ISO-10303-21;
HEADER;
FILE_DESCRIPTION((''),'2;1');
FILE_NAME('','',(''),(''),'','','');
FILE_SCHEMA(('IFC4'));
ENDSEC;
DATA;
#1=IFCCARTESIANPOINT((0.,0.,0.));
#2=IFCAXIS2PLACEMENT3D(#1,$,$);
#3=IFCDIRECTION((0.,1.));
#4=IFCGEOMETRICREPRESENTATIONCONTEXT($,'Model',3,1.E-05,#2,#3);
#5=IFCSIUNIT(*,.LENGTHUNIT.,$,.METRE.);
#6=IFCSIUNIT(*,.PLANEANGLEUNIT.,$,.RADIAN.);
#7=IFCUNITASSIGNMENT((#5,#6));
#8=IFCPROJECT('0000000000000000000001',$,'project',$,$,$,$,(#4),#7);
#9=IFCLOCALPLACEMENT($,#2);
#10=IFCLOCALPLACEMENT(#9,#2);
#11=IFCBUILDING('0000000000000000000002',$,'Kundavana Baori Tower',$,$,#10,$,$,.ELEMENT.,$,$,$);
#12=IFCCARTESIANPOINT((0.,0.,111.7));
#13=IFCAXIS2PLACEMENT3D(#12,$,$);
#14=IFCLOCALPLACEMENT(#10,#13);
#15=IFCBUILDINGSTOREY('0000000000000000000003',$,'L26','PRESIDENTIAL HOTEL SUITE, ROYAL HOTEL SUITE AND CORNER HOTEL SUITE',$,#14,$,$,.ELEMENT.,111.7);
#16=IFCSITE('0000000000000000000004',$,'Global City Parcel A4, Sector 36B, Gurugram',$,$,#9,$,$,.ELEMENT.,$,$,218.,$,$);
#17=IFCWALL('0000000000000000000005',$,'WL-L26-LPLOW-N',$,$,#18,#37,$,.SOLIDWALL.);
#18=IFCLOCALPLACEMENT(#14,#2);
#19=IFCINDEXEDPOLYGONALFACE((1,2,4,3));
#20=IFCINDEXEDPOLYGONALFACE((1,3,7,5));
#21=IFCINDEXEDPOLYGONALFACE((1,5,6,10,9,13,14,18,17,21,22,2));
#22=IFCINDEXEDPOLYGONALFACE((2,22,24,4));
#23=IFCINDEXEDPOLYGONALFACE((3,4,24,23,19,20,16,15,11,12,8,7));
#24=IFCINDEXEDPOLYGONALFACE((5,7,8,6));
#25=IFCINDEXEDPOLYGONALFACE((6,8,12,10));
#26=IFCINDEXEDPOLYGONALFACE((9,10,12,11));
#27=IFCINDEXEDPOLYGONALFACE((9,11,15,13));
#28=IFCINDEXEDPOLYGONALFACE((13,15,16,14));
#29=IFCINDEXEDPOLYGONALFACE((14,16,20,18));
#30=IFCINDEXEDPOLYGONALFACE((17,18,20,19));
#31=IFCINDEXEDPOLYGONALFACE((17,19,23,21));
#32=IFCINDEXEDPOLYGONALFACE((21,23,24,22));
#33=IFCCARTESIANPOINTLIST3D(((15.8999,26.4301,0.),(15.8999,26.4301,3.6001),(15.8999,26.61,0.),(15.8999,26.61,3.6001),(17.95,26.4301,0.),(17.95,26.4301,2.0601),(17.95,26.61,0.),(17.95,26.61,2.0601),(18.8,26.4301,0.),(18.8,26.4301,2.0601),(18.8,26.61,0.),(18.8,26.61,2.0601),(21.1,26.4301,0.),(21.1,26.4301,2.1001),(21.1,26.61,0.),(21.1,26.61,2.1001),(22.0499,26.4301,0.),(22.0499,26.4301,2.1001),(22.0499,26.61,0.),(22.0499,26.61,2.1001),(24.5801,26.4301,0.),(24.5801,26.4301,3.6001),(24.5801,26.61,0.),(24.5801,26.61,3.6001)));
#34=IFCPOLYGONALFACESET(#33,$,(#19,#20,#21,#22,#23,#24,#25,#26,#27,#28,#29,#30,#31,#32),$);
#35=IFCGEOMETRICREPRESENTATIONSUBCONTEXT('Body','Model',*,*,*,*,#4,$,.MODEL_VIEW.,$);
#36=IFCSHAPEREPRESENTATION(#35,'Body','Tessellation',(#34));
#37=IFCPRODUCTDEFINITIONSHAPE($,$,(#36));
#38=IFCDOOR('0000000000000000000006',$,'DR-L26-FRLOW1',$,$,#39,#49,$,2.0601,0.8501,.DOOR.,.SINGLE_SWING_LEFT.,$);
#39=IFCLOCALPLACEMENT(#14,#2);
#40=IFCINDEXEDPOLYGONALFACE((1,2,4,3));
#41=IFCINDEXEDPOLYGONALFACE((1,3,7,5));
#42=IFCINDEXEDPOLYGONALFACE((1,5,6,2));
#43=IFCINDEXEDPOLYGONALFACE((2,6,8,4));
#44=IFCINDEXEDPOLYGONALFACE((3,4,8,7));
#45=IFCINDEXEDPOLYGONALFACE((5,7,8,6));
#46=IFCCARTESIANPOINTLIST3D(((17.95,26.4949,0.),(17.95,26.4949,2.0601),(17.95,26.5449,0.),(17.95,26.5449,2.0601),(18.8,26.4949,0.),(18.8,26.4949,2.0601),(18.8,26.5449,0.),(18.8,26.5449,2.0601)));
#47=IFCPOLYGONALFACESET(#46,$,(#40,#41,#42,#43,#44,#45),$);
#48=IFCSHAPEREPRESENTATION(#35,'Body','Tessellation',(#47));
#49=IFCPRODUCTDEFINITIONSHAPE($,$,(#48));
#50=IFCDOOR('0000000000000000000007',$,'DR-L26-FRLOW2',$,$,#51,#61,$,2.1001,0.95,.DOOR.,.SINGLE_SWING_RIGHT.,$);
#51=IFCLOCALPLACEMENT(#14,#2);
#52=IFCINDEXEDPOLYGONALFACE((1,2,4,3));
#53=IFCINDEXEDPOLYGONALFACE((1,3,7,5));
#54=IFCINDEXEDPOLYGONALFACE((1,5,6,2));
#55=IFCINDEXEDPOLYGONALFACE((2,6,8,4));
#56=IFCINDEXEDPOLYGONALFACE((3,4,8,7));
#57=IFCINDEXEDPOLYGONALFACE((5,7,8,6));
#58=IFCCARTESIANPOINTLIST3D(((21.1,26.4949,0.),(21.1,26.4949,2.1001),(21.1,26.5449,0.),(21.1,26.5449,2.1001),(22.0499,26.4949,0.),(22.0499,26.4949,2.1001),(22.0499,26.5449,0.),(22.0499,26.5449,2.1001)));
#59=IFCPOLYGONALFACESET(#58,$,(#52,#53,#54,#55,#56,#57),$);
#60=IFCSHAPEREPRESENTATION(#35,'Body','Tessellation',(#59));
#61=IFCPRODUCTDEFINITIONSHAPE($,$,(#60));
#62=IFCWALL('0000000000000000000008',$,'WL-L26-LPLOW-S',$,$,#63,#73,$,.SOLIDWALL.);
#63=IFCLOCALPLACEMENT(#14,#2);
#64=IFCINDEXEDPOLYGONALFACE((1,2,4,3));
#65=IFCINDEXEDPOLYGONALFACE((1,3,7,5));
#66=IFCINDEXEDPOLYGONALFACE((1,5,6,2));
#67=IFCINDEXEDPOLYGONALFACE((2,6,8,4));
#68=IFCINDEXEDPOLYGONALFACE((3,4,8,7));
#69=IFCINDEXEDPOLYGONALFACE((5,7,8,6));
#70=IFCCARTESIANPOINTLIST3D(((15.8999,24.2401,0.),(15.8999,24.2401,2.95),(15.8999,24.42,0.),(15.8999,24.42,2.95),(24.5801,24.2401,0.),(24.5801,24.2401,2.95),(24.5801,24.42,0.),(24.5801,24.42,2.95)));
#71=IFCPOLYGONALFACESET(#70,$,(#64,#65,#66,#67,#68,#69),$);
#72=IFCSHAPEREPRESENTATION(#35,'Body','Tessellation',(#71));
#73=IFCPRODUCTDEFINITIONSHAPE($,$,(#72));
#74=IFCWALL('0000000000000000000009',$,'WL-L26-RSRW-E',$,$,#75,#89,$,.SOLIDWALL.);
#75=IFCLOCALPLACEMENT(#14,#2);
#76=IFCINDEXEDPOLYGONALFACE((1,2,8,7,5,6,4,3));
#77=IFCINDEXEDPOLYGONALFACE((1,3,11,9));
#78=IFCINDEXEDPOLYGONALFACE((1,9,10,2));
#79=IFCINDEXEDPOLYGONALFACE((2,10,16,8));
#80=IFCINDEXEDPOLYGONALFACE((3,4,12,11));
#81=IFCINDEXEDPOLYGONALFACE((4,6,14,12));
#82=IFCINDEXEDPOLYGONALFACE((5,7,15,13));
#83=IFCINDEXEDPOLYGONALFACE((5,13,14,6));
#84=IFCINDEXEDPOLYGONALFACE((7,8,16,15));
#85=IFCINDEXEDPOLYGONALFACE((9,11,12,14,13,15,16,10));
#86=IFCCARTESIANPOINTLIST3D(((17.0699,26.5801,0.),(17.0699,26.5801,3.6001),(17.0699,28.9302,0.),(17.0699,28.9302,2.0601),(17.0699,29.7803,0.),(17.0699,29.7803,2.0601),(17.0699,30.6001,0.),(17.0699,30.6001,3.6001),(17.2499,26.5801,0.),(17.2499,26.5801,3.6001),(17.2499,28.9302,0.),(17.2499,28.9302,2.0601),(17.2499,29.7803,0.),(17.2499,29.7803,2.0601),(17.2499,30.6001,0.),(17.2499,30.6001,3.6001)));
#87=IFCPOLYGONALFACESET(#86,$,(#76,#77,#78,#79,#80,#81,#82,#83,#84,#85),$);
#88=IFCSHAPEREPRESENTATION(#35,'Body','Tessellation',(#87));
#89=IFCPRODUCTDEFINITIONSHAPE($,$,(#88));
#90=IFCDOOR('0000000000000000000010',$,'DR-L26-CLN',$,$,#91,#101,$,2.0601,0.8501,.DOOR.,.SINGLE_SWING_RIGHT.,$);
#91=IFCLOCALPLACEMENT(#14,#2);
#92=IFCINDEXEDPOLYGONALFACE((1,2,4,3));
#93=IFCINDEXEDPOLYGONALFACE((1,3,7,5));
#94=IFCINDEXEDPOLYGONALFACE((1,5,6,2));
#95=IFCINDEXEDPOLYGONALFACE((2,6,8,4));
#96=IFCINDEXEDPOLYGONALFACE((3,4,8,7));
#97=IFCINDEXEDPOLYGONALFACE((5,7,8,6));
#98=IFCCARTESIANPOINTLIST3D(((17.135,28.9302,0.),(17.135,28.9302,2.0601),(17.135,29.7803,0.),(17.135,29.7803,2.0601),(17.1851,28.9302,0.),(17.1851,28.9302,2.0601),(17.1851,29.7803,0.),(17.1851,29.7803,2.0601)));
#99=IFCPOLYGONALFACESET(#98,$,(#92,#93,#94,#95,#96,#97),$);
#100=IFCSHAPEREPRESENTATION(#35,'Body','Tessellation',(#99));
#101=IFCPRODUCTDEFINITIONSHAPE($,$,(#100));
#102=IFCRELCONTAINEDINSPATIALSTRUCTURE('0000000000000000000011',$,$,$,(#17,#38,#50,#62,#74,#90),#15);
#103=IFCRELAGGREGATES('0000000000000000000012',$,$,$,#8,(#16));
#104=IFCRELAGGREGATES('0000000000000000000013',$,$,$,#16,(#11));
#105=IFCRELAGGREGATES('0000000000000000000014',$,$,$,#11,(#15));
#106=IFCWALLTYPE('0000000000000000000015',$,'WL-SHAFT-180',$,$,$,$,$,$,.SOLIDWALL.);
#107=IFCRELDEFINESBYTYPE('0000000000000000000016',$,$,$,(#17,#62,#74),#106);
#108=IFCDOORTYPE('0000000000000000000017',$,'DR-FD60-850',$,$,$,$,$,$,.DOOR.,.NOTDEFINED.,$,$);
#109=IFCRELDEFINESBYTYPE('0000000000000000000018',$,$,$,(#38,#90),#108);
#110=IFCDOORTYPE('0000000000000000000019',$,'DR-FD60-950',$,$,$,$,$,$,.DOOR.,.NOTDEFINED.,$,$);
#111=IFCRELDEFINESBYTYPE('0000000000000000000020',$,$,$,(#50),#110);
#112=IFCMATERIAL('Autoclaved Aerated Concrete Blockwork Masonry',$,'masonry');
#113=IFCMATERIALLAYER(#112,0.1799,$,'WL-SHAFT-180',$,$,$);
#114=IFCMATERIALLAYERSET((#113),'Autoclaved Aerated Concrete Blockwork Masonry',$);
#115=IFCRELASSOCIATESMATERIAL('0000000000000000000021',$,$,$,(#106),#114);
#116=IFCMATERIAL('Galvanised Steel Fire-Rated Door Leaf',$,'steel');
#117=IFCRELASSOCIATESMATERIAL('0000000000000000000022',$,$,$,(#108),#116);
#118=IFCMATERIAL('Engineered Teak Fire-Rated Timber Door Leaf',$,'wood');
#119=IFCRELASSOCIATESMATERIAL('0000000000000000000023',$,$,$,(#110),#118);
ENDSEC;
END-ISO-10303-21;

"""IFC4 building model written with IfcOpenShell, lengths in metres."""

from ifc_helpers import new_model, si_unit, direction, frame, frame_2d, origin, place, context, subcontext, project, spatial, rectangle, extrude, material, layer, layer_set, type_object, element, fill, save


model = new_model("IFC4")

# Units and contexts
model_context = context("Model", 3, precision=1e-05, world=origin(), true_north=direction((0.0, 1.0)))
body_context = subcontext(model_context, "Body", "Model", "MODEL_VIEW")
ifc_project = project(units=[si_unit("LENGTHUNIT", "METRE"), si_unit("PLANEANGLEUNIT", "RADIAN")], contexts=[model_context])

# Site, building, storey
site_placement = place(None, origin())
site = spatial("IfcSite", under=ifc_project, at=site_placement, Name="Global City Parcel A4, Sector 36B, Gurugram", CompositionType="ELEMENT", RefElevation=218.0)
building_placement = place(site_placement, origin())
building = spatial("IfcBuilding", under=site, at=building_placement, Name="Kundavana Baori Tower", CompositionType="ELEMENT")
storey_placement = place(building_placement, frame((0.0, 0.0, 111.7)))
storey = spatial("IfcBuildingStorey", under=building, at=storey_placement, Name="L26", Description="PRESIDENTIAL HOTEL SUITE, ROYAL HOTEL SUITE AND CORNER HOTEL SUITE", CompositionType="ELEMENT", Elevation=111.7)

# Wall, openings, doors
ifc_material_1 = material(Name="Autoclaved Aerated Concrete Blockwork Masonry", Category="masonry")
ifc_layer_1 = layer(ifc_material_1, 0.1799, Name="WL-SHAFT-180")
ifc_layer_set_1 = layer_set([ifc_layer_1], Name="Autoclaved Aerated Concrete Blockwork Masonry")
wall_type_1 = type_object("IfcWallType", Name="WL-SHAFT-180", PredefinedType="SOLIDWALL", material=ifc_layer_set_1)
wall_1_placement = place(storey_placement, frame((15.8999, 26.52, 0.0), z_axis=(0.0, 0.0, 1.0), x_axis=(1.0, 0.0, 0.0)))
wall_1 = element("IfcWall", 1, at=wall_1_placement, inside=storey, type_object=wall_type_1, Name="WL-L26-LPLOW-N", PredefinedType="SOLIDWALL", context=body_context, shape_type="SweptSolid", body=[
    extrude(rectangle(XDim=8.6802, YDim=0.1799, at=frame_2d((4.3401, 0.0))), origin(), (0.0, 0.0, 1.0), 3.6001),
])
opening_1_placement = place(wall_1_placement, frame((2.05, 0.0, 0.0)))
opening_1 = element("IfcOpeningElement", 2, at=opening_1_placement, cuts=wall_1, PredefinedType="OPENING", context=body_context, shape_type="SweptSolid", body=[
    extrude(rectangle(XDim=0.8501, YDim=2.0601, at=frame_2d((0.425, 1.03))), frame((0.0, 0.1001, 0.0), z_axis=(0.0, -1.0, 0.0), x_axis=(1.0, 0.0, 0.0)), (0.0, 0.0, 1.0), 0.2),
])
opening_2_placement = place(wall_1_placement, frame((5.2, 0.0, 0.0)))
opening_2 = element("IfcOpeningElement", 3, at=opening_2_placement, cuts=wall_1, PredefinedType="OPENING", context=body_context, shape_type="SweptSolid", body=[
    extrude(rectangle(XDim=0.95, YDim=2.1001, at=frame_2d((0.4751, 1.05))), frame((0.0, 0.1001, 0.0), z_axis=(0.0, -1.0, 0.0), x_axis=(1.0, 0.0, 0.0)), (0.0, 0.0, 1.0), 0.2),
])
ifc_material_2 = material(Name="Galvanised Steel Fire-Rated Door Leaf", Category="steel")
door_type_1 = type_object("IfcDoorType", Name="DR-FD60-850", OperationType="NOTDEFINED", PredefinedType="DOOR", material=ifc_material_2)
door_1_placement = place(opening_1_placement, origin())
door_1 = element("IfcDoor", 4, at=door_1_placement, inside=storey, type_object=door_type_1, Name="DR-L26-FRLOW1", OperationType="SINGLE_SWING_LEFT", OverallHeight=2.0601, OverallWidth=0.8501, PredefinedType="DOOR", context=body_context, shape_type="SweptSolid", body=[
    extrude(rectangle(XDim=0.8501, YDim=2.0601, at=frame_2d((0.425, 1.03))), frame((0.0, 0.0249, 0.0), z_axis=(0.0, -1.0, 0.0), x_axis=(1.0, 0.0, 0.0)), (0.0, 0.0, 1.0), 0.05),
])
fill(opening_1, door_1)
ifc_material_3 = material(Name="Engineered Teak Fire-Rated Timber Door Leaf", Category="wood")
door_type_2 = type_object("IfcDoorType", Name="DR-FD60-950", OperationType="NOTDEFINED", PredefinedType="DOOR", material=ifc_material_3)
door_2_placement = place(opening_2_placement, origin())
door_2 = element("IfcDoor", 5, at=door_2_placement, inside=storey, type_object=door_type_2, Name="DR-L26-FRLOW2", OperationType="SINGLE_SWING_RIGHT", OverallHeight=2.1001, OverallWidth=0.95, PredefinedType="DOOR", context=body_context, shape_type="SweptSolid", body=[
    extrude(rectangle(XDim=0.95, YDim=2.1001, at=frame_2d((0.4751, 1.05))), frame((0.0, 0.0249, 0.0), z_axis=(0.0, -1.0, 0.0), x_axis=(1.0, 0.0, 0.0)), (0.0, 0.0, 1.0), 0.05),
])
fill(opening_2, door_2)

# Wall
wall_2_placement = place(storey_placement, frame((15.8999, 24.3301, 0.0), z_axis=(0.0, 0.0, 1.0), x_axis=(1.0, 0.0, 0.0)))
element("IfcWall", 6, at=wall_2_placement, inside=storey, type_object=wall_type_1, Name="WL-L26-LPLOW-S", PredefinedType="SOLIDWALL", context=body_context, shape_type="SweptSolid", body=[
    extrude(rectangle(XDim=8.6802, YDim=0.1799, at=frame_2d((4.3401, 0.0))), origin(), (0.0, 0.0, 1.0), 2.95),
])

# Wall, opening, door
wall_3_placement = place(storey_placement, frame((17.1599, 26.5801, 0.0), z_axis=(0.0, 0.0, 1.0), x_axis=(0.0, 1.0, 0.0)))
wall_3 = element("IfcWall", 7, at=wall_3_placement, inside=storey, type_object=wall_type_1, Name="WL-L26-RSRW-E", PredefinedType="SOLIDWALL", context=body_context, shape_type="SweptSolid", body=[
    extrude(rectangle(XDim=4.02, YDim=0.1799, at=frame_2d((2.01, 0.0))), origin(), (0.0, 0.0, 1.0), 3.6001),
])
opening_3_placement = place(wall_3_placement, frame((2.3501, 0.0, 0.0)))
opening_3 = element("IfcOpeningElement", 8, at=opening_3_placement, cuts=wall_3, PredefinedType="OPENING", context=body_context, shape_type="SweptSolid", body=[
    extrude(rectangle(XDim=0.8501, YDim=2.0601, at=frame_2d((0.425, 1.03))), frame((0.0, 0.1001, 0.0), z_axis=(0.0, -1.0, 0.0), x_axis=(1.0, 0.0, 0.0)), (0.0, 0.0, 1.0), 0.2),
])
door_3_placement = place(opening_3_placement, origin())
door_3 = element("IfcDoor", 9, at=door_3_placement, inside=storey, type_object=door_type_1, Name="DR-L26-CLN", OperationType="SINGLE_SWING_RIGHT", OverallHeight=2.0601, OverallWidth=0.8501, PredefinedType="DOOR", context=body_context, shape_type="SweptSolid", body=[
    extrude(rectangle(XDim=0.8501, YDim=2.0601, at=frame_2d((0.425, 1.03))), frame((0.0, 0.0249, 0.0), z_axis=(0.0, -1.0, 0.0), x_axis=(1.0, 0.0, 0.0)), (0.0, 0.0, 1.0), 0.05),
])
fill(opening_3, door_3)

save(model, "model.ifc")
